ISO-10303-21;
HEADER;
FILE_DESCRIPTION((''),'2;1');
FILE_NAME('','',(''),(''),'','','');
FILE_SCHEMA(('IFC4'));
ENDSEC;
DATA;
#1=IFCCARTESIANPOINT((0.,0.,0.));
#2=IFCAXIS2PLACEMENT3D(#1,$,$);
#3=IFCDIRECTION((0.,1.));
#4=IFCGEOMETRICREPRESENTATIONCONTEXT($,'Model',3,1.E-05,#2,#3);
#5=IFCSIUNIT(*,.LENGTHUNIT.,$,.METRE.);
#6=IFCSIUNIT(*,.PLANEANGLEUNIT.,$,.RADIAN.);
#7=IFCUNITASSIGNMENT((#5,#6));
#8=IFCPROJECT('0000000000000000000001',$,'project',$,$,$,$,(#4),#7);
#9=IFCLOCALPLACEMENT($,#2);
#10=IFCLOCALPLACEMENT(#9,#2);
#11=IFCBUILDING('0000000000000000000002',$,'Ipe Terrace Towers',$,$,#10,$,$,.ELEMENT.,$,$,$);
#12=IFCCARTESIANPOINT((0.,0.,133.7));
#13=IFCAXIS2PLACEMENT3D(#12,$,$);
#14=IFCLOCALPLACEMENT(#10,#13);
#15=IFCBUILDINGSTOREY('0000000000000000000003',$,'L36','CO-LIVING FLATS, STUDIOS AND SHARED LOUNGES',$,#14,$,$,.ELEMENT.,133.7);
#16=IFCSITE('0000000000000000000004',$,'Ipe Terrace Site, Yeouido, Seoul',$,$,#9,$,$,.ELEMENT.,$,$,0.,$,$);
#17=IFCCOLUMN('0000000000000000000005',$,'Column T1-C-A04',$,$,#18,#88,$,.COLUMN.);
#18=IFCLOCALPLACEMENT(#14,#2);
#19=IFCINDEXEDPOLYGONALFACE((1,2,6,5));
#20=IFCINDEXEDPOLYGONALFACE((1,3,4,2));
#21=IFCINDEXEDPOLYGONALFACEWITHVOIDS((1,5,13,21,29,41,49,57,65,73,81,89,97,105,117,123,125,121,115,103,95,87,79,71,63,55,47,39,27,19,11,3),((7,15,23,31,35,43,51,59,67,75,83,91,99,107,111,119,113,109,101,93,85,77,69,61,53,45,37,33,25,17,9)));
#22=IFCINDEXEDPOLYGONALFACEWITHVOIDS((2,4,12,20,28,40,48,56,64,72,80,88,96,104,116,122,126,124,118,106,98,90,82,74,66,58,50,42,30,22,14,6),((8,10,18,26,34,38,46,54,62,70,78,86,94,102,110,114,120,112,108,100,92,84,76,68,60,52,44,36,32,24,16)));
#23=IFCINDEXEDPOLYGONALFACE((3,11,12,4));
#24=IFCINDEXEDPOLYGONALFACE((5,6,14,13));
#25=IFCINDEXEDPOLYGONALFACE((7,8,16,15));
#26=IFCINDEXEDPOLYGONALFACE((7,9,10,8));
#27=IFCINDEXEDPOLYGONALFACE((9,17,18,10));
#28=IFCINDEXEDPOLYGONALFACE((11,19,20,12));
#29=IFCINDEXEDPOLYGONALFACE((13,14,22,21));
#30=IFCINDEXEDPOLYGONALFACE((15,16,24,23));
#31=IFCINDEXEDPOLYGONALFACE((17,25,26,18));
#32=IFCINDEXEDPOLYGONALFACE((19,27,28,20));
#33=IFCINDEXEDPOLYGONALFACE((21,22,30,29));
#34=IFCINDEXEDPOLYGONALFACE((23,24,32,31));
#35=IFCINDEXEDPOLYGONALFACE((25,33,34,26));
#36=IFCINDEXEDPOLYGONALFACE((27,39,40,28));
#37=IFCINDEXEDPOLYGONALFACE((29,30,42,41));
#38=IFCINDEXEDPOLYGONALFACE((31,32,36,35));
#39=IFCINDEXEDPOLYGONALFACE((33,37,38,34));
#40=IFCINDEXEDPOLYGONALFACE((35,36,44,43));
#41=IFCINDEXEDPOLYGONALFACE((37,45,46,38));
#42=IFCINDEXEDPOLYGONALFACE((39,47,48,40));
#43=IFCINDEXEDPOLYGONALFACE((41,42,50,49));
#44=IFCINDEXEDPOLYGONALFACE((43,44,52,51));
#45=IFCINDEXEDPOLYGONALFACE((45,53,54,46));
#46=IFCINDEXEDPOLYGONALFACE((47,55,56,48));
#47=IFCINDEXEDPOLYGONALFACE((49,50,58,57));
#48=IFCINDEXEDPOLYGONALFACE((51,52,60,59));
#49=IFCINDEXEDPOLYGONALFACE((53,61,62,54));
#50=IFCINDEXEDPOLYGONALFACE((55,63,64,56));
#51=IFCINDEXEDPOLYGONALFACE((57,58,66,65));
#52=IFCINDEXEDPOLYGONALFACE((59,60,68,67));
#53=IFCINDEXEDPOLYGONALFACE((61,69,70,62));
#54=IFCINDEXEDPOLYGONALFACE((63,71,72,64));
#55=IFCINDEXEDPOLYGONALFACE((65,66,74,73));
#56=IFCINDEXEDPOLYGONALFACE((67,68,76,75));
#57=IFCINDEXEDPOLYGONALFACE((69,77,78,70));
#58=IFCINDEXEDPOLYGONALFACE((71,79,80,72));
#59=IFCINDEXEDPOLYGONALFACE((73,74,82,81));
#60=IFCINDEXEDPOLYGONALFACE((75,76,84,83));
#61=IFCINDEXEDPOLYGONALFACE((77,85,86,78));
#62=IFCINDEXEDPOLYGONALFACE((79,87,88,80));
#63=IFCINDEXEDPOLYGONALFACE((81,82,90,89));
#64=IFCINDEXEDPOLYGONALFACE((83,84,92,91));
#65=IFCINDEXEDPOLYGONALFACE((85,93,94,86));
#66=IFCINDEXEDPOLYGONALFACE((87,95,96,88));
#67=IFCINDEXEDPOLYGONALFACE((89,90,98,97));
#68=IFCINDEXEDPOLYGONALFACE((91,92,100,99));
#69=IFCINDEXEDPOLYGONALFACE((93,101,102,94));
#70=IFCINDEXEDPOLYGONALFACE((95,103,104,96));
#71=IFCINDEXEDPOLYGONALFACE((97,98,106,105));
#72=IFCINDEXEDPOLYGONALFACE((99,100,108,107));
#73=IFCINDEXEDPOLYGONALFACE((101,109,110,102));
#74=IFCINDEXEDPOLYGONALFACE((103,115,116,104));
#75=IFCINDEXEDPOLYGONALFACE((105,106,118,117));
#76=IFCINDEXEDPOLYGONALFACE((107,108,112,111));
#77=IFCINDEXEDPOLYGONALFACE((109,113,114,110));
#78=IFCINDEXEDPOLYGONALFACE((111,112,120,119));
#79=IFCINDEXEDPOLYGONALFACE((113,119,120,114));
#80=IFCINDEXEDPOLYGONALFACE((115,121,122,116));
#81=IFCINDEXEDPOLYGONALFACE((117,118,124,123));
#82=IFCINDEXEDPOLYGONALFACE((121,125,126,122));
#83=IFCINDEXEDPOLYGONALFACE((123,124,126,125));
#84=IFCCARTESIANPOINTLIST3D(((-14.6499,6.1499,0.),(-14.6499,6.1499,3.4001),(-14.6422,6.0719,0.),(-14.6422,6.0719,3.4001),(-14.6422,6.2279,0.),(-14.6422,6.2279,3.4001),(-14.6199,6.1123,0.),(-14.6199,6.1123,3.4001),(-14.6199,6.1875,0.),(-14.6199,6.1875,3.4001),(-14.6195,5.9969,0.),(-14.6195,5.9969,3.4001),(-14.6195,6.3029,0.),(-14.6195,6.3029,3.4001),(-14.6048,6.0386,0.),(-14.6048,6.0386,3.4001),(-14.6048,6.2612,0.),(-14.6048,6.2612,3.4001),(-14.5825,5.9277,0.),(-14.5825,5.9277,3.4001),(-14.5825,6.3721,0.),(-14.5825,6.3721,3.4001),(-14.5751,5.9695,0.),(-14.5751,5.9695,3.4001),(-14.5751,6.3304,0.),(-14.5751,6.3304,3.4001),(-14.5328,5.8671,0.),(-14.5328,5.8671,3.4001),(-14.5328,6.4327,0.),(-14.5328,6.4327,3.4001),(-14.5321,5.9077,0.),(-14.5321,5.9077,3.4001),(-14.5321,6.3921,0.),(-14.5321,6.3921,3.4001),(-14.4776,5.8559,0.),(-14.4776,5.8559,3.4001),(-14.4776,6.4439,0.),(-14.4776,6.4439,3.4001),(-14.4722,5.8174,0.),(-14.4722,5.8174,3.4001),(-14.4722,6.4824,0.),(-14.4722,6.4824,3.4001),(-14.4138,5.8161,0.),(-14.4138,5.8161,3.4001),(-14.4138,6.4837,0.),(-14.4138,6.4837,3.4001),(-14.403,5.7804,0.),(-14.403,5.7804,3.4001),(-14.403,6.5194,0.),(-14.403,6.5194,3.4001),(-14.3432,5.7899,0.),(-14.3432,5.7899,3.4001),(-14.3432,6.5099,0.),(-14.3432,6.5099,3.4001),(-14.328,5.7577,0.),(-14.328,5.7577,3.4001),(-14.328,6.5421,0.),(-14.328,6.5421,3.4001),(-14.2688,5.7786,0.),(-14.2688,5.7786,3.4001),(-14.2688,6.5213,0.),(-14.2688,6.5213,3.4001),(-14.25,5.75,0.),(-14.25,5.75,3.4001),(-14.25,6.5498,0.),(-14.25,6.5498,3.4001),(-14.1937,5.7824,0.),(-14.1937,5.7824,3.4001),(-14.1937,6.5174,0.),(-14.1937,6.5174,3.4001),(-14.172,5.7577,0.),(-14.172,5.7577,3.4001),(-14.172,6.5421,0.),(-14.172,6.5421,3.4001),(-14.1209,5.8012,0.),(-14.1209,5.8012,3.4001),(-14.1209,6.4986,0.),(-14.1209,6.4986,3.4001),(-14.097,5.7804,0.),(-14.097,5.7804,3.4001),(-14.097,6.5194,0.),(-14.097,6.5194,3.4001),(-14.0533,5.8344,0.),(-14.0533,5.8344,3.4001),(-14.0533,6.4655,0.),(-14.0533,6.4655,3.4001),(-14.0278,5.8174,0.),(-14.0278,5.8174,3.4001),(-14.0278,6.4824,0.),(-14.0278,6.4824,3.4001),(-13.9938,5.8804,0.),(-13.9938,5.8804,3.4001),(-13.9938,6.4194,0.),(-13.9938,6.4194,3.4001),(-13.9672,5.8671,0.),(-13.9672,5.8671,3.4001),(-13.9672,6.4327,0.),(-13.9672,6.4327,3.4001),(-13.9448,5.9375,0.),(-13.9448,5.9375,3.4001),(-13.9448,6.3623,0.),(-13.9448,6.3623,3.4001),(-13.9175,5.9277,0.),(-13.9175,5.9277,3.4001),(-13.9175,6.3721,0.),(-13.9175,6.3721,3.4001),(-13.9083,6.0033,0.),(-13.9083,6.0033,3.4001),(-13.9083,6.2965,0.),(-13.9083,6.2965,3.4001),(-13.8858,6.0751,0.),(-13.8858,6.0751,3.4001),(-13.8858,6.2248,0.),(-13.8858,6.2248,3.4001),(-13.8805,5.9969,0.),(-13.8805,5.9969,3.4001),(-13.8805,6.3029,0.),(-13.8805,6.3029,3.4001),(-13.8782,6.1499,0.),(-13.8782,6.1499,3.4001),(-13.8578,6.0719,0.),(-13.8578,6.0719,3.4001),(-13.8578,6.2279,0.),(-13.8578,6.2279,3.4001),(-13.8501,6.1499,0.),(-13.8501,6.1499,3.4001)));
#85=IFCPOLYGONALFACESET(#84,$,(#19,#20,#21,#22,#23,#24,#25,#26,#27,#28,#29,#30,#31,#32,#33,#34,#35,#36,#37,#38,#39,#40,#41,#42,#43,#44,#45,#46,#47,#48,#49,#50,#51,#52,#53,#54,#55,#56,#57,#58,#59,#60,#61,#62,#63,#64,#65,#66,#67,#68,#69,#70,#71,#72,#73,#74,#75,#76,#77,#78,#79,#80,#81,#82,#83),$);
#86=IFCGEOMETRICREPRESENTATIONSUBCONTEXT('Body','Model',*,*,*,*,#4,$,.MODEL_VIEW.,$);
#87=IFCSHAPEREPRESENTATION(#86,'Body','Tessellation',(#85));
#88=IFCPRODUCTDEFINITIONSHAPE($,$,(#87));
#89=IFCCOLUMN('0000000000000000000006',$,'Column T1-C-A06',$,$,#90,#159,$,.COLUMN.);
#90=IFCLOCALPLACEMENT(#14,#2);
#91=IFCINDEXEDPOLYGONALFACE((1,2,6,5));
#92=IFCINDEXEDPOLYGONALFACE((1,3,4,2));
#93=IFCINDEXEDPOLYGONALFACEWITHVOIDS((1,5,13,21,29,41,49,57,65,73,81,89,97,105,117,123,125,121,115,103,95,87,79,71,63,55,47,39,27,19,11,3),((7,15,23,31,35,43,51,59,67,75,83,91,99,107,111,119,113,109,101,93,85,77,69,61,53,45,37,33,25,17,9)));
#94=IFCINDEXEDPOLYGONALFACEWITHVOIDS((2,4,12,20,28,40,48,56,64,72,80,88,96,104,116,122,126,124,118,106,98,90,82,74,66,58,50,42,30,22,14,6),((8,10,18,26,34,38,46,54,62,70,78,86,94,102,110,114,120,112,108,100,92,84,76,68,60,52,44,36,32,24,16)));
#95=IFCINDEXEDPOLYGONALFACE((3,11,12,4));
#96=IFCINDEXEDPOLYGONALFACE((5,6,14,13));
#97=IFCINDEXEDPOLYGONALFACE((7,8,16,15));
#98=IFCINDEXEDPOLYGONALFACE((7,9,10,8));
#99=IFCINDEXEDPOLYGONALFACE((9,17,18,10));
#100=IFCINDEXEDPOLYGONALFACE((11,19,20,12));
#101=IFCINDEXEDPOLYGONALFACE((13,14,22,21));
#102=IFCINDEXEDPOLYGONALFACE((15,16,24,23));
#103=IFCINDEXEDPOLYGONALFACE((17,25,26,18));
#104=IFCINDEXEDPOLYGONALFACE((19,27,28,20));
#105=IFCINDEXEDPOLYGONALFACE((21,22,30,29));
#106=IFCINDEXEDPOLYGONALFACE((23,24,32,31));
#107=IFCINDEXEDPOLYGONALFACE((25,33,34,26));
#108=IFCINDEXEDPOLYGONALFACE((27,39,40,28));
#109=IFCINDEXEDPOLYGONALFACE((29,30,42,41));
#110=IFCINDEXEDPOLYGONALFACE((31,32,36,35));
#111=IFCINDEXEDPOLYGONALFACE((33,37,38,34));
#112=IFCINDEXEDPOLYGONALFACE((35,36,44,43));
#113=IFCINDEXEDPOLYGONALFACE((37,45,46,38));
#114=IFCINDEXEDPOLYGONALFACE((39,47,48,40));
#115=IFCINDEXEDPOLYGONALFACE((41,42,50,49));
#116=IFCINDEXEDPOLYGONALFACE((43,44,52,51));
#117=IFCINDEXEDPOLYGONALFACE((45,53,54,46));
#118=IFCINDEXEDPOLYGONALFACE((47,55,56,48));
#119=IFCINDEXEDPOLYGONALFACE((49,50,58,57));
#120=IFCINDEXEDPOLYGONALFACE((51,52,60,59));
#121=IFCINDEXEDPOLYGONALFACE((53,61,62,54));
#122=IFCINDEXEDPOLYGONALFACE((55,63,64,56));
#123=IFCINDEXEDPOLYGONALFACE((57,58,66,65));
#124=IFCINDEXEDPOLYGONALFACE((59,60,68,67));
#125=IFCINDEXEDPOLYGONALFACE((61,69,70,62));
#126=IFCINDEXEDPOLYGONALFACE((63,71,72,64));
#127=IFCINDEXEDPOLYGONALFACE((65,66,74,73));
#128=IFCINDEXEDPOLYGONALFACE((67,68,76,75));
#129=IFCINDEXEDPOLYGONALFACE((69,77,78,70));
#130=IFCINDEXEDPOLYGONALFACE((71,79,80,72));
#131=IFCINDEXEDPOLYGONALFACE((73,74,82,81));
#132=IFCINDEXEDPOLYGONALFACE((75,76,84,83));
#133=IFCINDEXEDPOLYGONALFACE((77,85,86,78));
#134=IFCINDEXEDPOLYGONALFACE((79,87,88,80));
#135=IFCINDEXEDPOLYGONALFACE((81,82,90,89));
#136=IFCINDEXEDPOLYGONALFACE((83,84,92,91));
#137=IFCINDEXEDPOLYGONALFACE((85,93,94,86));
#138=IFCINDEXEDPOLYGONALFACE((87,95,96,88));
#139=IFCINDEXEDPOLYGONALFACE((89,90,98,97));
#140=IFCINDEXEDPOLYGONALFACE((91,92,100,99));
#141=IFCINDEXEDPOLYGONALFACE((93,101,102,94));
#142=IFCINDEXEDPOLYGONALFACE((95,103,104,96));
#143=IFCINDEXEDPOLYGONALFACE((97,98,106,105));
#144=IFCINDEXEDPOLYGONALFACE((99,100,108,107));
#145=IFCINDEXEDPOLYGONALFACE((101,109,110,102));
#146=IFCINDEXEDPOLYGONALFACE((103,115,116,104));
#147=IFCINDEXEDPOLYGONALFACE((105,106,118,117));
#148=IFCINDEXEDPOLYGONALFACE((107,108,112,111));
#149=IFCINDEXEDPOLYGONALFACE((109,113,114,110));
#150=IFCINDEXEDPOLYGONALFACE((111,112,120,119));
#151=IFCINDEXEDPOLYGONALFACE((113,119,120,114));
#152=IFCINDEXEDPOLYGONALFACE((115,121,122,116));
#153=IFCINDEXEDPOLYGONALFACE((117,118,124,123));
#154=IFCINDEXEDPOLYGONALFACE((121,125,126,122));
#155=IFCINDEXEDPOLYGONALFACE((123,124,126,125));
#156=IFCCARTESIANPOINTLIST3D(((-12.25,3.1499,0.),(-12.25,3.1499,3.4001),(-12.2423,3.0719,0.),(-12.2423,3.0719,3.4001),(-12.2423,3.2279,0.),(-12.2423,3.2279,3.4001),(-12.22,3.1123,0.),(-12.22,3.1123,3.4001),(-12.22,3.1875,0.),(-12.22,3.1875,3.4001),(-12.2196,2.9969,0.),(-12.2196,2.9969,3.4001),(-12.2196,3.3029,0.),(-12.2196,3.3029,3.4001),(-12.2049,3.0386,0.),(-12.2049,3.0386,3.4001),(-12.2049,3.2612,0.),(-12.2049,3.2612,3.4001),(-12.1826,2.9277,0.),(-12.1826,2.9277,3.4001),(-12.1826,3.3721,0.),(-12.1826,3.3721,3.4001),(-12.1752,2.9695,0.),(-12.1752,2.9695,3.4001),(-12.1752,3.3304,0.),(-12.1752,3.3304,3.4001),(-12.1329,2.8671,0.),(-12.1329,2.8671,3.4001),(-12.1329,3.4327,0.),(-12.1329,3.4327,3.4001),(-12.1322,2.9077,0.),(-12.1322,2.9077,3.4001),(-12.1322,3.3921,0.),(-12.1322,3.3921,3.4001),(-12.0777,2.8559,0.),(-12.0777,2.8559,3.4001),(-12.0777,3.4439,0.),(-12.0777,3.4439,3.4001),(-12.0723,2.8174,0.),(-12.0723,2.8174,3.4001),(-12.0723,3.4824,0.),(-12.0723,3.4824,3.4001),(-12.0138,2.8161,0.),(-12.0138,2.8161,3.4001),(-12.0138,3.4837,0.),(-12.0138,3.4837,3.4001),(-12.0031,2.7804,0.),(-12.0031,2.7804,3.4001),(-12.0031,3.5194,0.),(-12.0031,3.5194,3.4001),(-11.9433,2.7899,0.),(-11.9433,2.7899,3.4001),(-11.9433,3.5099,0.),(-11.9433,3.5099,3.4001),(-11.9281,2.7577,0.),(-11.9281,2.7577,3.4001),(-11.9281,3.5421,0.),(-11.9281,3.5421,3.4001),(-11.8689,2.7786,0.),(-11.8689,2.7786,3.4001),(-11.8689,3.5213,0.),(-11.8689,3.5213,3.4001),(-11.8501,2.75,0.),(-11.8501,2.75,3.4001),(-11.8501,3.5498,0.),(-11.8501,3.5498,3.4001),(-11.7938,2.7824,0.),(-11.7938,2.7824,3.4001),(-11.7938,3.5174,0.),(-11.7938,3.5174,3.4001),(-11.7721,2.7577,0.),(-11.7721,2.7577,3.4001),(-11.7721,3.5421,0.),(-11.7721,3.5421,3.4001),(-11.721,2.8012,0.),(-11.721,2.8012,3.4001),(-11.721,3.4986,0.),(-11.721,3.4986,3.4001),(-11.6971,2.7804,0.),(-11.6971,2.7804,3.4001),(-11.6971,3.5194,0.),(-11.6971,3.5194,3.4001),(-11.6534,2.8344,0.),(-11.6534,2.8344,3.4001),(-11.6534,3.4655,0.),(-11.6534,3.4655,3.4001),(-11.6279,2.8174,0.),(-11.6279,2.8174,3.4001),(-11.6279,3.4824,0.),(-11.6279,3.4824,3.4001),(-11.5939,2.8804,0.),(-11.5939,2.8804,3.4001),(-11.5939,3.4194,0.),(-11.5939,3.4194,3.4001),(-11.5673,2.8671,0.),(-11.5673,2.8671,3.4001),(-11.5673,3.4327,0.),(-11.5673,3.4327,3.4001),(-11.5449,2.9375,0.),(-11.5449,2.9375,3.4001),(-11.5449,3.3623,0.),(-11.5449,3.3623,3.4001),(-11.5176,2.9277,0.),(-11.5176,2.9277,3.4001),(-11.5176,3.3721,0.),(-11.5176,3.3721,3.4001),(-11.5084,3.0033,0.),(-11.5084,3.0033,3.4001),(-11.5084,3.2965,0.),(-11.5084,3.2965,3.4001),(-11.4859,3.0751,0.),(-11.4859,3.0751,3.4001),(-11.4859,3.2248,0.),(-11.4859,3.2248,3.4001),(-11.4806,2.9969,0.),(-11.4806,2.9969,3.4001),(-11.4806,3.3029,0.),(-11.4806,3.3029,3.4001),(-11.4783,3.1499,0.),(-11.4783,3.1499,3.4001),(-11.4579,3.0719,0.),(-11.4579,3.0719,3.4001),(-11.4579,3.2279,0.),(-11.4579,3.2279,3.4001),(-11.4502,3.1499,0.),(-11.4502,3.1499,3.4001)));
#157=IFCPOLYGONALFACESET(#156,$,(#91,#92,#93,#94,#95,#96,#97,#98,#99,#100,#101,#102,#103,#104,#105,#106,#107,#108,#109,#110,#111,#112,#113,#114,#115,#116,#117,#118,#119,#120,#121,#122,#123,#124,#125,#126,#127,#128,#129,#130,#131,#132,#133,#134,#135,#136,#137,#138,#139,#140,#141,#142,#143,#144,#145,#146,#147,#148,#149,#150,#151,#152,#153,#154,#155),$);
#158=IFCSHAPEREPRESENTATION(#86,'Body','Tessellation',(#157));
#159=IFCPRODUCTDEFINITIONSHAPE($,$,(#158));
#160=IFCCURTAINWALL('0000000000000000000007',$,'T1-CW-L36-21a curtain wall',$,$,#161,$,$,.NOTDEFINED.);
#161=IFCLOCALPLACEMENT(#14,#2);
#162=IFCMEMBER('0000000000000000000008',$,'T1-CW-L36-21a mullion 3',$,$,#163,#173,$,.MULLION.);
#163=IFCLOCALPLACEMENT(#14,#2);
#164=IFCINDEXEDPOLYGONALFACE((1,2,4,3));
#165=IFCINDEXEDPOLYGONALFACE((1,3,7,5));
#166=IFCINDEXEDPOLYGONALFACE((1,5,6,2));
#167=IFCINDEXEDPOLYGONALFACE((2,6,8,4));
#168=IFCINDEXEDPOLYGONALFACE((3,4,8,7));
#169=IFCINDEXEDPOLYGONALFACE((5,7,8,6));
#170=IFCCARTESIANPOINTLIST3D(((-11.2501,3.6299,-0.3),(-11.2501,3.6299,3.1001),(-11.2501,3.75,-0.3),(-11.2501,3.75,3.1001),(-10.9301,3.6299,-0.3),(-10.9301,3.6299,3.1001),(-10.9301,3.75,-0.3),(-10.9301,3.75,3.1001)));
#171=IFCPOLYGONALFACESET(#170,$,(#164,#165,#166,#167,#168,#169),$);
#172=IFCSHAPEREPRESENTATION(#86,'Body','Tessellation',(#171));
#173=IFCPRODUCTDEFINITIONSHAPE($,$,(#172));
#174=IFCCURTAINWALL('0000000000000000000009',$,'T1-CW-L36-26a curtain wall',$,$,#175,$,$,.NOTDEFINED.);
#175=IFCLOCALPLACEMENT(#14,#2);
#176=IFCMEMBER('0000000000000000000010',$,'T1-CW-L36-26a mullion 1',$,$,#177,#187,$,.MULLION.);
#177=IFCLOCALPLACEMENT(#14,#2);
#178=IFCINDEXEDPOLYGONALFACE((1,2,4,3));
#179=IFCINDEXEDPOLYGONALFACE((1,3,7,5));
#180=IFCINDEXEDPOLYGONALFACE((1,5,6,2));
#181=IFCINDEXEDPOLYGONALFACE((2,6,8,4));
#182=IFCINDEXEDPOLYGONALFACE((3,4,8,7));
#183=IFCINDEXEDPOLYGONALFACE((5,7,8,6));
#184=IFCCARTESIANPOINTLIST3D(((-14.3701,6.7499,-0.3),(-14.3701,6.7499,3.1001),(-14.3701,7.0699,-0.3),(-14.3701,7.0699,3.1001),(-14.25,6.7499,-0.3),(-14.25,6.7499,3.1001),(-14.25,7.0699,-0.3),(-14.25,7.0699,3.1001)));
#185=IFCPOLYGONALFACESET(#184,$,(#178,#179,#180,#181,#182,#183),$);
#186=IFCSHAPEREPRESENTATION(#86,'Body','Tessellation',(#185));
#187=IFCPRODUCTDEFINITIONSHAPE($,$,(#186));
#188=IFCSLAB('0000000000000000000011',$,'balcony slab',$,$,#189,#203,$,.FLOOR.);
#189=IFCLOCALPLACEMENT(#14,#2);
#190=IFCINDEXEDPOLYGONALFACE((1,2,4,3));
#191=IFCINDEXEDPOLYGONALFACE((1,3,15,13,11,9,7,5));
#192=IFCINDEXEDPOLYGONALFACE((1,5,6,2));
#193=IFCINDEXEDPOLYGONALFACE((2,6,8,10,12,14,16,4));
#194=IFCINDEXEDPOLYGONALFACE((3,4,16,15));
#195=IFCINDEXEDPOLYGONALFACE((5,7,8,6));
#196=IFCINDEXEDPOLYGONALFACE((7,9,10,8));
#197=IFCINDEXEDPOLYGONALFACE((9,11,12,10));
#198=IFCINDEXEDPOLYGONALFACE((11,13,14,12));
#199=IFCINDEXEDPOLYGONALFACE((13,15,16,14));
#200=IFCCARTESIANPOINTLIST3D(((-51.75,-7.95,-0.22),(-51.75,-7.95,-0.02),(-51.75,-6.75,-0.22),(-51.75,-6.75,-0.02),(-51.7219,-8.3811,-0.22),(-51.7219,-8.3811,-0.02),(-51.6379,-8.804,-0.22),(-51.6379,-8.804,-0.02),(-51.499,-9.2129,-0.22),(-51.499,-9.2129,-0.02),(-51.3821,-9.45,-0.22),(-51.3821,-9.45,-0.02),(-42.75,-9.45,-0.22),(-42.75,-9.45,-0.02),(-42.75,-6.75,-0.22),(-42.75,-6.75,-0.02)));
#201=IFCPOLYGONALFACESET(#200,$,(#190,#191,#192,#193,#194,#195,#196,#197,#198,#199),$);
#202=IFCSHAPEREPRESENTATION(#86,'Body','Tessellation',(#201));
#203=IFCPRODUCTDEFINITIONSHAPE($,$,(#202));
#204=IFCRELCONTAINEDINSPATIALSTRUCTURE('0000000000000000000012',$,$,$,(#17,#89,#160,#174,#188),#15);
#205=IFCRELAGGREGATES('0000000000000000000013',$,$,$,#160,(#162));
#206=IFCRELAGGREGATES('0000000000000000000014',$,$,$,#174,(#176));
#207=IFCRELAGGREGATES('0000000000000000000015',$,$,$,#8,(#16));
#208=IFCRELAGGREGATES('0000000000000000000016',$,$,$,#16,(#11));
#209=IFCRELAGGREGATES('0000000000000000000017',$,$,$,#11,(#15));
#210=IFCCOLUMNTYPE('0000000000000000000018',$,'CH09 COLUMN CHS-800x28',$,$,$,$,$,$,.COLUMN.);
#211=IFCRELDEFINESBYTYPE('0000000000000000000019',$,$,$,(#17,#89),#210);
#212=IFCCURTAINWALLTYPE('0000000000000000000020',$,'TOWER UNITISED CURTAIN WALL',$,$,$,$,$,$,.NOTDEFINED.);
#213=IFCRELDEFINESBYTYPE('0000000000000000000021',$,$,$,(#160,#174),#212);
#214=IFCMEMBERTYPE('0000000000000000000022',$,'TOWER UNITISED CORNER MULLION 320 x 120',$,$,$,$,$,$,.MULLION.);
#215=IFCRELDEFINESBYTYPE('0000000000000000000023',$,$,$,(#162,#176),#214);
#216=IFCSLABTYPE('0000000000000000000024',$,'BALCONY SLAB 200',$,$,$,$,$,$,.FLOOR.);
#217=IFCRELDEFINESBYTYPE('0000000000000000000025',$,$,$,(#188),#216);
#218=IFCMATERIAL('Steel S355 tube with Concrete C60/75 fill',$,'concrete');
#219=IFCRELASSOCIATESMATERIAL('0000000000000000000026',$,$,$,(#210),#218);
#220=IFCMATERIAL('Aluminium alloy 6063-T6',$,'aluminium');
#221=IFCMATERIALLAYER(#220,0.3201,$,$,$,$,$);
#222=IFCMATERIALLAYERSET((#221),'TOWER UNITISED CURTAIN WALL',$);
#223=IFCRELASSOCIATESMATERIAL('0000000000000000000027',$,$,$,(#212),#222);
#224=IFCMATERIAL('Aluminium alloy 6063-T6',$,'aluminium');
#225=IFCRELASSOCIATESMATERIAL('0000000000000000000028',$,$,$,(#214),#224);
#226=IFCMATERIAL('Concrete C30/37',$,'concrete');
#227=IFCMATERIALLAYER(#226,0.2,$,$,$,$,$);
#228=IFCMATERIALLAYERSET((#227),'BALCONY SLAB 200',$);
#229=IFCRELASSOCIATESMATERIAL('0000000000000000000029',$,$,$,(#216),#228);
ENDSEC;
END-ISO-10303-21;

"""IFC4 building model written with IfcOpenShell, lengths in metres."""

from ifc_helpers import new_model, si_unit, direction, frame, origin, origin_2d, place, context, subcontext, project, spatial, polyline, rectangle, hollow_circle, outline, extrude, material, layer, layer_set, material_profile, profile_set, type_object, element, aggregate, save


model = new_model("IFC4")

# Units and contexts
model_context = context("Model", 3, precision=1e-05, world=origin(), true_north=direction((0.0, 1.0)))
body_context = subcontext(model_context, "Body", "Model", "MODEL_VIEW")
ifc_project = project(units=[si_unit("LENGTHUNIT", "METRE"), si_unit("PLANEANGLEUNIT", "RADIAN")], contexts=[model_context])

# Site, building, storey
site_placement = place(None, origin())
site = spatial("IfcSite", under=ifc_project, at=site_placement, Name="Ipe Terrace Site, Yeouido, Seoul", CompositionType="ELEMENT", RefElevation=0.0)
building_placement = place(site_placement, origin())
building = spatial("IfcBuilding", under=site, at=building_placement, Name="Ipe Terrace Towers", CompositionType="ELEMENT")
storey_placement = place(building_placement, frame((0.0, 0.0, 133.7)))
storey = spatial("IfcBuildingStorey", under=building, at=storey_placement, Name="L36", Description="CO-LIVING FLATS, STUDIOS AND SHARED LOUNGES", CompositionType="ELEMENT", Elevation=133.7)

# Columns
ifc_material_1 = material(Name="Steel S355 tube with Concrete C60/75 fill", Category="concrete")
ifc_material_profile_1 = material_profile(ifc_material_1, hollow_circle(Radius=0.3999, WallThickness=0.0281, at=origin_2d()), Name="CHS-800x28")
ifc_profile_set_1 = profile_set([ifc_material_profile_1], Name="Steel S355 tube with Concrete C60/75 fill")
column_type = type_object("IfcColumnType", Name="CH09 COLUMN CHS-800x28", PredefinedType="COLUMN", material=ifc_profile_set_1)
for number, where, z_axis, x_axis, name in (
    (1, (-14.25, 6.1499, 0.0), (0.0, 0.0, 1.0), (1.0, 0.0, 0.0), "Column T1-C-A04"),
    (2, (-11.8501, 3.1499, 0.0), (0.0, 0.0, 1.0), (1.0, 0.0, 0.0), "Column T1-C-A06"),
):
    element("IfcColumn", number, at=place(storey_placement, frame(where, z_axis=z_axis, x_axis=x_axis)), inside=storey, type_object=column_type, Name=name, PredefinedType="COLUMN", context=body_context, shape_type="SweptSolid", body=[
        extrude(hollow_circle(Radius=0.3999, WallThickness=0.0281, at=origin_2d()), origin(), (0.0, 0.0, 1.0), 3.4001),
    ])

# Curtain walls, members
ifc_material_2 = material(Name="Aluminium alloy 6063-T6", Category="aluminium")
ifc_layer_1 = layer(ifc_material_2, 0.3201)
ifc_layer_set_1 = layer_set([ifc_layer_1], Name="TOWER UNITISED CURTAIN WALL")
curtain_wall_type = type_object("IfcCurtainWallType", Name="TOWER UNITISED CURTAIN WALL", PredefinedType="NOTDEFINED", material=ifc_layer_set_1)
curtain_wall_1_placement = place(storey_placement, origin())
curtain_wall_1 = element("IfcCurtainWall", 3, at=curtain_wall_1_placement, inside=storey, type_object=curtain_wall_type, Name="T1-CW-L36-21a curtain wall", PredefinedType="NOTDEFINED")
ifc_material_3 = material(Name="Aluminium alloy 6063-T6", Category="aluminium")
ifc_material_profile_2 = material_profile(ifc_material_3, rectangle(XDim=0.3201, YDim=0.1201, at=origin_2d()), Name="TOWER UNITISED CORNER MULLION 320 x 120")
ifc_profile_set_2 = profile_set([ifc_material_profile_2], Name="Aluminium alloy 6063-T6")
member_type = type_object("IfcMemberType", Name="TOWER UNITISED CORNER MULLION 320 x 120", PredefinedType="MULLION", material=ifc_profile_set_2)
member_1_placement = place(storey_placement, frame((-11.0901, 3.6899, -0.3), z_axis=(0.0, 0.0, 1.0), x_axis=(1.0, 0.0, 0.0)))
member_1 = element("IfcMember", 4, at=member_1_placement, type_object=member_type, Name="T1-CW-L36-21a mullion 3", PredefinedType="MULLION", context=body_context, shape_type="SweptSolid", body=[
    extrude(rectangle(XDim=0.3201, YDim=0.1201, at=origin_2d()), origin(), (0.0, 0.0, 1.0), 3.4001),
])
curtain_wall_2_placement = place(storey_placement, origin())
curtain_wall_2 = element("IfcCurtainWall", 5, at=curtain_wall_2_placement, inside=storey, type_object=curtain_wall_type, Name="T1-CW-L36-26a curtain wall", PredefinedType="NOTDEFINED")
member_2_placement = place(storey_placement, frame((-14.3101, 6.9099, -0.3), z_axis=(0.0, 0.0, 1.0), x_axis=(0.0, 1.0, 0.0)))
member_2 = element("IfcMember", 6, at=member_2_placement, type_object=member_type, Name="T1-CW-L36-26a mullion 1", PredefinedType="MULLION", context=body_context, shape_type="SweptSolid", body=[
    extrude(rectangle(XDim=0.3201, YDim=0.1201, at=origin_2d()), origin(), (0.0, 0.0, 1.0), 3.4001),
])

# Slab
ifc_material_4 = material(Name="Concrete C30/37", Category="concrete")
ifc_layer_2 = layer(ifc_material_4, 0.2)
ifc_layer_set_2 = layer_set([ifc_layer_2], Name="BALCONY SLAB 200")
slab_type_1 = type_object("IfcSlabType", Name="BALCONY SLAB 200", PredefinedType="FLOOR", material=ifc_layer_set_2)
slab_1_placement = place(storey_placement, frame((0.0, 0.0, -0.22)))
element("IfcSlab", 7, at=slab_1_placement, inside=storey, type_object=slab_type_1, Name="balcony slab", PredefinedType="FLOOR", context=body_context, shape_type="SweptSolid", body=[
    extrude(outline(polyline([(-51.499, -9.2129), (-51.3821, -9.45), (-42.75, -9.45), (-42.75, -6.75), (-51.75, -6.75), (-51.75, -7.95), (-51.7219, -8.3811), (-51.6379, -8.804), (-51.499, -9.2129)])), origin(), (0.0, 0.0, 1.0), 0.2),
])

aggregate(curtain_wall_1, [member_1])
aggregate(curtain_wall_2, [member_2])

save(model, "model.ifc")
